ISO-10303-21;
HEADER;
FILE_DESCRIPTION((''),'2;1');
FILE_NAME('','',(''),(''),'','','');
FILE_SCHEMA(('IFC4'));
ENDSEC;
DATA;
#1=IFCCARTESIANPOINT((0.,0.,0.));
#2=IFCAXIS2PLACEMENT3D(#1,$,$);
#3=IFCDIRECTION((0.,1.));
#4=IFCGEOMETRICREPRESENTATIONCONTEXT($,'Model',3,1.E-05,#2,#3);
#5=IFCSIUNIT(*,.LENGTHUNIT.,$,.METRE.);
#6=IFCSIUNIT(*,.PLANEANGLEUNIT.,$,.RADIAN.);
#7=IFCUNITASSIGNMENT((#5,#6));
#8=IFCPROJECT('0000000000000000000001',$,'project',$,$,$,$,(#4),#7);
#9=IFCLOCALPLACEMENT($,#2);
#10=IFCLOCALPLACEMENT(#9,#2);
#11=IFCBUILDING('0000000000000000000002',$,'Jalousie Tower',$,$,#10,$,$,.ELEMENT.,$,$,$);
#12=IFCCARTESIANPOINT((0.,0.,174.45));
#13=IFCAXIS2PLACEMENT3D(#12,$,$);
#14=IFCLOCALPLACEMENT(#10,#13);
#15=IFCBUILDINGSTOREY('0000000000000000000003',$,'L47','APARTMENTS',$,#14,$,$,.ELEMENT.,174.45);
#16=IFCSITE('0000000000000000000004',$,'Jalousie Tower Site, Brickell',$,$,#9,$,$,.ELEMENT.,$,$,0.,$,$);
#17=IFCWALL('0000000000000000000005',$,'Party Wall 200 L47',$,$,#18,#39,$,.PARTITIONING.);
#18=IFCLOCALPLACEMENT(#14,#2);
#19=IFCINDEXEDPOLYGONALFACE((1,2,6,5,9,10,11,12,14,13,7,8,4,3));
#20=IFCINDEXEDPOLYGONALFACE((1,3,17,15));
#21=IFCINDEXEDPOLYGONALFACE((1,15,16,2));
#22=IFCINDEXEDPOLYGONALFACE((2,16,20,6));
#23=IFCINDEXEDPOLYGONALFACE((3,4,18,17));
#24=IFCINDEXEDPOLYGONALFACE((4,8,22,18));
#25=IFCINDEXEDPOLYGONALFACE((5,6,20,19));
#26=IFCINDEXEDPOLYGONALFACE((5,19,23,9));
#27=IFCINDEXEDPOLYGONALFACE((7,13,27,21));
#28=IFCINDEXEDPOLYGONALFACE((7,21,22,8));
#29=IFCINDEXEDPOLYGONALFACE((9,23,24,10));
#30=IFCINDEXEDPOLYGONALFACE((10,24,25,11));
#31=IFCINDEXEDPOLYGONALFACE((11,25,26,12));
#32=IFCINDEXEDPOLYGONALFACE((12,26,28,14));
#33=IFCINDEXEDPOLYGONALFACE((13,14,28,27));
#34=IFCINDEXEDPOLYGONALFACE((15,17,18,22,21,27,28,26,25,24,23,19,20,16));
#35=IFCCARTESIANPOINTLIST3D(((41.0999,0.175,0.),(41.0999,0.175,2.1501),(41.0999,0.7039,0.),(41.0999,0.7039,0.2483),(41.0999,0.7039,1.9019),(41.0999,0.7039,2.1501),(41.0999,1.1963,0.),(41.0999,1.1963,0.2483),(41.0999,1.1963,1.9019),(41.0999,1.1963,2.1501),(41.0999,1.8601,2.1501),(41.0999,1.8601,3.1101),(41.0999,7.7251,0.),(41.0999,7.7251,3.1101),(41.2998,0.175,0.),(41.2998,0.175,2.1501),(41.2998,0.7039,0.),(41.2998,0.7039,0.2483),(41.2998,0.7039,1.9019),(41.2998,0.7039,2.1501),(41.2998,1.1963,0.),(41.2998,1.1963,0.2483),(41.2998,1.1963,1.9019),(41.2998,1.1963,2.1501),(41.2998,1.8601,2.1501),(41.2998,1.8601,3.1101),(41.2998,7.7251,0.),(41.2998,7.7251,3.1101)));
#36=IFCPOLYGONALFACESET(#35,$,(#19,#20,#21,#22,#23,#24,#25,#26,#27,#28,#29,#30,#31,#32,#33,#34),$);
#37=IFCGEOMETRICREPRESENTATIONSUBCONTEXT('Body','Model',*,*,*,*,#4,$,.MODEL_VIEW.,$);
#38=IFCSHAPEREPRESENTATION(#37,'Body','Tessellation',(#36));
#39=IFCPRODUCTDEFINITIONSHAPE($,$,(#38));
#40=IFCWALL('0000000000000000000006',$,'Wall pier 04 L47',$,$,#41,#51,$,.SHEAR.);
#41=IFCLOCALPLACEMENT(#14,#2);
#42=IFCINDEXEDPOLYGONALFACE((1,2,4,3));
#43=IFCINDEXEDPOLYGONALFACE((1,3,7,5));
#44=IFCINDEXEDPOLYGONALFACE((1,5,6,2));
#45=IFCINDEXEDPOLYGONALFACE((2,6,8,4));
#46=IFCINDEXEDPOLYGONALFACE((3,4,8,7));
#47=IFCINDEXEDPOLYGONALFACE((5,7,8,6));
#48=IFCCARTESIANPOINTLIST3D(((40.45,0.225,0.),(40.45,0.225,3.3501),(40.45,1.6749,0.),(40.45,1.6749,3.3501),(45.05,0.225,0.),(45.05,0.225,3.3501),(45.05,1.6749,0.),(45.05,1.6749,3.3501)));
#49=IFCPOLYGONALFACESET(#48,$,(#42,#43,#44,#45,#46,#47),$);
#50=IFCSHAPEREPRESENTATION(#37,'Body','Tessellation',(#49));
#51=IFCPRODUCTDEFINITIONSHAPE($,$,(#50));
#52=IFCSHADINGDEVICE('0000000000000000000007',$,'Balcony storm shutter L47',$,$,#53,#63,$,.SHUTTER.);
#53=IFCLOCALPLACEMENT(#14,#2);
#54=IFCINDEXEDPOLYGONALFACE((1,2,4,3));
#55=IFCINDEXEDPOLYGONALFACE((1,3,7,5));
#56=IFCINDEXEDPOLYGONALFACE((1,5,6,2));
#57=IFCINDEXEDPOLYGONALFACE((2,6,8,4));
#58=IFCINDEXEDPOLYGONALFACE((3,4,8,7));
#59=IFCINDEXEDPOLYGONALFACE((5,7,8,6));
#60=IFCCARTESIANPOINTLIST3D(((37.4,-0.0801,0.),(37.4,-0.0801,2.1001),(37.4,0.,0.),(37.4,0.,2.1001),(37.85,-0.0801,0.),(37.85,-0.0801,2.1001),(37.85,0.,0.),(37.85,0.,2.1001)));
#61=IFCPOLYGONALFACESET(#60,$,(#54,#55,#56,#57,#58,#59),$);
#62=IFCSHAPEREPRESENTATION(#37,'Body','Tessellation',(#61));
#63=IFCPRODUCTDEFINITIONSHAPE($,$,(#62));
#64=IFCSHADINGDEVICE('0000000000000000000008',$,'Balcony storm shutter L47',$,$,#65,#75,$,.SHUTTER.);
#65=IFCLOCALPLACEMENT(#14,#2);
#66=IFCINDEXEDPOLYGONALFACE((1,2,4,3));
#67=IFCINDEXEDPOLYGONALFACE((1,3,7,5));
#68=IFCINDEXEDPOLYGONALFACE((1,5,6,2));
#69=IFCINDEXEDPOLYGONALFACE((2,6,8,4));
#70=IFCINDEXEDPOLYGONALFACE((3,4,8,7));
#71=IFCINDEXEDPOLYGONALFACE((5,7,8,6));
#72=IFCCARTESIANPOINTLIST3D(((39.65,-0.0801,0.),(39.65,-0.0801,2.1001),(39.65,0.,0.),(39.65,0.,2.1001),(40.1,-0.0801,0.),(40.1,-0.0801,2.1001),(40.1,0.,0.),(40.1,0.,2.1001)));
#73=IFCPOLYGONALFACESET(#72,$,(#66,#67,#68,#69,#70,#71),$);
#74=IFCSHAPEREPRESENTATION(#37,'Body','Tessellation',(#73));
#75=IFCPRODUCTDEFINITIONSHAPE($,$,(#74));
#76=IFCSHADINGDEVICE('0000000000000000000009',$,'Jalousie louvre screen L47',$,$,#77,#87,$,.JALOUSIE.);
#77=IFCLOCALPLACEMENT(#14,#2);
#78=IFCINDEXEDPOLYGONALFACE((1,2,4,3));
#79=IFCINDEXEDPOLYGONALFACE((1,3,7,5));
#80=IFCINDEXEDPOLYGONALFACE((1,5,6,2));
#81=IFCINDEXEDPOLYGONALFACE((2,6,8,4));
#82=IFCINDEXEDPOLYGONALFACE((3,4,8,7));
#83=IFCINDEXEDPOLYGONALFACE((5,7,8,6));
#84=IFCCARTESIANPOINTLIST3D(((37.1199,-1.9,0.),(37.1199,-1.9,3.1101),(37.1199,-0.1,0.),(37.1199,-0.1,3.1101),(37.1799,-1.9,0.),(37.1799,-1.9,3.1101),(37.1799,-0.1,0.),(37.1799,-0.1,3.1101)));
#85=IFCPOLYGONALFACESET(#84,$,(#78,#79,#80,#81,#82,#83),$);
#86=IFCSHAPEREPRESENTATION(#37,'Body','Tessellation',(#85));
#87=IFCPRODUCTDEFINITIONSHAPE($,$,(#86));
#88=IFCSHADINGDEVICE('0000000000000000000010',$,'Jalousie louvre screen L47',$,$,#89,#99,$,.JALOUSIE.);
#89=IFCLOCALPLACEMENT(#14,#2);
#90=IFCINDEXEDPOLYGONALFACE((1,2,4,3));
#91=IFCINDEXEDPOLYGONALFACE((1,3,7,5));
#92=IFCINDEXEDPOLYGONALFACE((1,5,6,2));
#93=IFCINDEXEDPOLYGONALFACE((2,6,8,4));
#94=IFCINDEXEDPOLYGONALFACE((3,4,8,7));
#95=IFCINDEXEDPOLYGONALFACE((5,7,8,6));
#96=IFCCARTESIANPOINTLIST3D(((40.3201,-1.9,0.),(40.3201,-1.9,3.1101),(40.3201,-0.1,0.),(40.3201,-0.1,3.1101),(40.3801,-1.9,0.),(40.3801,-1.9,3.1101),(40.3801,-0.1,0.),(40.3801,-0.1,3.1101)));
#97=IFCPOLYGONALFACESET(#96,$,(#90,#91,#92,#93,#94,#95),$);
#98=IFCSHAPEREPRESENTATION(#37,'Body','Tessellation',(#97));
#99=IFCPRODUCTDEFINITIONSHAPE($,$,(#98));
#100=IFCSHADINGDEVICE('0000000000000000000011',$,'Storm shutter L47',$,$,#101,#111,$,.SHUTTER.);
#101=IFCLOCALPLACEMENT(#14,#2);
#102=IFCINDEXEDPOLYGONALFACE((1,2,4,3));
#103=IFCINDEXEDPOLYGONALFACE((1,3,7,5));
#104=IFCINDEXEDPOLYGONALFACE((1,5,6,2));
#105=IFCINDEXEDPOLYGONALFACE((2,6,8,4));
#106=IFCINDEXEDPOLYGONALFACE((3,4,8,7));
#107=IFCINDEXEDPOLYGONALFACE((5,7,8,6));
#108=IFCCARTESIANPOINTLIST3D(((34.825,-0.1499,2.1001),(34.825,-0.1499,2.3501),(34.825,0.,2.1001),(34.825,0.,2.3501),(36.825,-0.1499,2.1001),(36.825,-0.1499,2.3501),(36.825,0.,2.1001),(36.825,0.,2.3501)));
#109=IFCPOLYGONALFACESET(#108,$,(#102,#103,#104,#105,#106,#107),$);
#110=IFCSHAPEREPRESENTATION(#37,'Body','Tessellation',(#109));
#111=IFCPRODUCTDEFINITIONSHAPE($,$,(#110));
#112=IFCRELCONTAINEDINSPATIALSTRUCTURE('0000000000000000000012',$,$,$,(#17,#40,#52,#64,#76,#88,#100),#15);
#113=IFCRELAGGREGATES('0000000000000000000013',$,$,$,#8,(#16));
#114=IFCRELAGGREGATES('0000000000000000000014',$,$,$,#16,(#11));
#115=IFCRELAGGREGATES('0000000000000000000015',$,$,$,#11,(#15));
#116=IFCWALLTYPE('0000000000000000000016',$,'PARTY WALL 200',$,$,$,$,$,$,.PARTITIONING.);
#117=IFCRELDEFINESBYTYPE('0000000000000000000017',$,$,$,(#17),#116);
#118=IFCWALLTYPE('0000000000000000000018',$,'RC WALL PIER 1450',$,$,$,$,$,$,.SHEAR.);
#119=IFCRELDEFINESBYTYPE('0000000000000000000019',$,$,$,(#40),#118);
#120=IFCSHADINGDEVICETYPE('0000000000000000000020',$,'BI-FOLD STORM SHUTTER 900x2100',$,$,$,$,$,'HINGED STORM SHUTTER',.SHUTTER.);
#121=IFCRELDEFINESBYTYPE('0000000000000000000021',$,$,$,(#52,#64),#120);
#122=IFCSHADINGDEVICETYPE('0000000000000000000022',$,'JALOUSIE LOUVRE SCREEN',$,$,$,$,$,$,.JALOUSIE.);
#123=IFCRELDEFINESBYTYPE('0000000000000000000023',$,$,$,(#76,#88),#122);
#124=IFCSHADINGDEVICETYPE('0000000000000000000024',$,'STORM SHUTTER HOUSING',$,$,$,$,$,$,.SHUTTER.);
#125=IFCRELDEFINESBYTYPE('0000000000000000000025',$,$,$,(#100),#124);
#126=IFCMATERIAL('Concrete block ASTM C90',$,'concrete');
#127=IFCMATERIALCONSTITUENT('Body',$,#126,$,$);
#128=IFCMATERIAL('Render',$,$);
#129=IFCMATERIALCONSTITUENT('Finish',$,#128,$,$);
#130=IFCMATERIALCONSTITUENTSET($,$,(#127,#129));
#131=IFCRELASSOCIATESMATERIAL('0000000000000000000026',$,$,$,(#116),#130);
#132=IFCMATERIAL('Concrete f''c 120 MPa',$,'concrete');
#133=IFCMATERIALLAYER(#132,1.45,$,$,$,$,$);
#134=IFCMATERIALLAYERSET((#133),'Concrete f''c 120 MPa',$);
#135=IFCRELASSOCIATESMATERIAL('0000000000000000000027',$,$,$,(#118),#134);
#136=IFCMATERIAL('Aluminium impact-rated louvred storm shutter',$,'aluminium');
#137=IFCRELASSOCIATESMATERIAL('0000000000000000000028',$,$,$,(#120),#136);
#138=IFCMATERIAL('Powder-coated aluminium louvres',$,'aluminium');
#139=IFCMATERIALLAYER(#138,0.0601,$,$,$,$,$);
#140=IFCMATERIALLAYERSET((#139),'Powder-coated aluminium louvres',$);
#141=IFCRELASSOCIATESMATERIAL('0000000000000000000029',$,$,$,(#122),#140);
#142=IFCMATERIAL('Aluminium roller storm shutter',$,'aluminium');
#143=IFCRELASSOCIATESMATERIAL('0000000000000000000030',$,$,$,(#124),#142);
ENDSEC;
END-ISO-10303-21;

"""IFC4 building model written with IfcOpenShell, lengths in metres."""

from ifc_helpers import new_model, si_unit, direction, frame, frame_2d, origin, origin_2d, place, context, subcontext, project, spatial, polyline, rectangle, outline, extrude, material, layer, layer_set, constituent, constituent_set, type_object, element, save


model = new_model("IFC4")

# Units and contexts
model_context = context("Model", 3, precision=1e-05, world=origin(), true_north=direction((0.0, 1.0)))
body_context = subcontext(model_context, "Body", "Model", "MODEL_VIEW")
ifc_project = project(units=[si_unit("LENGTHUNIT", "METRE"), si_unit("PLANEANGLEUNIT", "RADIAN")], contexts=[model_context])

# Site, building, storey
site_placement = place(None, origin())
site = spatial("IfcSite", under=ifc_project, at=site_placement, Name="Jalousie Tower Site, Brickell", CompositionType="ELEMENT", RefElevation=0.0)
building_placement = place(site_placement, origin())
building = spatial("IfcBuilding", under=site, at=building_placement, Name="Jalousie Tower", CompositionType="ELEMENT")
storey_placement = place(building_placement, frame((0.0, 0.0, 174.45)))
storey = spatial("IfcBuildingStorey", under=building, at=storey_placement, Name="L47", Description="APARTMENTS", CompositionType="ELEMENT", Elevation=174.45)

# Walls
ifc_material_1 = material(Name="Concrete block ASTM C90", Category="concrete")
ifc_constituent_1 = constituent(ifc_material_1, Name="Body")
ifc_material_2 = material(Name="Render")
ifc_constituent_2 = constituent(ifc_material_2, Name="Finish")
ifc_constituent_set_1 = constituent_set(constituents=[ifc_constituent_1, ifc_constituent_2])
wall_type_1 = type_object("IfcWallType", Name="PARTY WALL 200", PredefinedType="PARTITIONING", material=ifc_constituent_set_1)
wall_1_placement = place(storey_placement, frame((41.2, 0.175, 0.0), z_axis=(0.0, 0.0, 1.0), x_axis=(0.0, 1.0, 0.0)))
element("IfcWall", 1, at=wall_1_placement, inside=storey, type_object=wall_type_1, Name="Party Wall 200 L47", PredefinedType="PARTITIONING", context=body_context, shape_type="SweptSolid", body=[
    extrude(outline(polyline([(0.5288, 2.1501), (0.0, 2.1501), (0.0, 0.0), (0.5288, 0.0), (0.5288, 0.2483), (1.0212, 0.2483), (1.0212, 0.0), (7.55, 0.0), (7.55, 3.1101), (1.6851, 3.1101), (1.6851, 2.1501), (1.0212, 2.1501), (1.0212, 1.9019), (0.5288, 1.9019), (0.5288, 2.1501)])), frame((0.0, 0.1001, 0.0), z_axis=(0.0, -1.0, 0.0), x_axis=(1.0, 0.0, 0.0)), (0.0, 0.0, 1.0), 0.2),
])
ifc_material_3 = material(Name="Concrete f'c 120 MPa", Category="concrete")
ifc_layer_1 = layer(ifc_material_3, 1.45)
ifc_layer_set_1 = layer_set([ifc_layer_1], Name="Concrete f'c 120 MPa")
wall_type_2 = type_object("IfcWallType", Name="RC WALL PIER 1450", PredefinedType="SHEAR", material=ifc_layer_set_1)
wall_2_placement = place(storey_placement, frame((40.45, 0.95, 0.0), z_axis=(0.0, 0.0, 1.0), x_axis=(1.0, 0.0, 0.0)))
element("IfcWall", 2, at=wall_2_placement, inside=storey, type_object=wall_type_2, Name="Wall pier 04 L47", PredefinedType="SHEAR", context=body_context, shape_type="SweptSolid", body=[
    extrude(rectangle(XDim=4.6001, YDim=1.45, at=frame_2d((2.3, 0.0))), origin(), (0.0, 0.0, 1.0), 3.3501),
])

# Shading devices
ifc_material_4 = material(Name="Aluminium impact-rated louvred storm shutter", Category="aluminium")
shading_device_type_1 = type_object("IfcShadingDeviceType", Name="BI-FOLD STORM SHUTTER 900x2100", ElementType="HINGED STORM SHUTTER", PredefinedType="SHUTTER", material=ifc_material_4)
for number, where, z_axis, x_axis, name in (
    (3, (37.625, -0.04, 0.0), (0.0, 0.0, 1.0), (1.0, 0.0, 0.0), "Balcony storm shutter L47"),
    (4, (39.875, -0.04, 0.0), (0.0, 0.0, 1.0), (1.0, 0.0, 0.0), "Balcony storm shutter L47"),
):
    element("IfcShadingDevice", number, at=place(storey_placement, frame(where, z_axis=z_axis, x_axis=x_axis)), inside=storey, type_object=shading_device_type_1, Name=name, PredefinedType="SHUTTER", context=body_context, shape_type="SweptSolid", body=[
        extrude(rectangle(XDim=0.45, YDim=0.0801, at=origin_2d()), origin(), (0.0, 0.0, 1.0), 2.1001),
    ])

# Shading devices
ifc_material_5 = material(Name="Powder-coated aluminium louvres", Category="aluminium")
ifc_layer_2 = layer(ifc_material_5, 0.0601)
ifc_layer_set_2 = layer_set([ifc_layer_2], Name="Powder-coated aluminium louvres")
shading_device_type_2 = type_object("IfcShadingDeviceType", Name="JALOUSIE LOUVRE SCREEN", PredefinedType="JALOUSIE", material=ifc_layer_set_2)
for number, where, z_axis, x_axis, name in (
    (5, (37.1499, -1.0, 0.0), (0.0, 0.0, 1.0), (1.0, 0.0, 0.0), "Jalousie louvre screen L47"),
    (6, (40.3501, -1.0, 0.0), (0.0, 0.0, 1.0), (1.0, 0.0, 0.0), "Jalousie louvre screen L47"),
):
    element("IfcShadingDevice", number, at=place(storey_placement, frame(where, z_axis=z_axis, x_axis=x_axis)), inside=storey, type_object=shading_device_type_2, Name=name, PredefinedType="JALOUSIE", context=body_context, shape_type="SweptSolid", body=[
        extrude(rectangle(XDim=0.0601, YDim=1.8, at=origin_2d()), origin(), (0.0, 0.0, 1.0), 3.1101),
    ])
ifc_material_6 = material(Name="Aluminium roller storm shutter", Category="aluminium")
shading_device_type_3 = type_object("IfcShadingDeviceType", Name="STORM SHUTTER HOUSING", PredefinedType="SHUTTER", material=ifc_material_6)
shading_device_placement = place(storey_placement, frame((35.825, -0.075, 2.1001), z_axis=(0.0, 0.0, 1.0), x_axis=(1.0, 0.0, 0.0)))
element("IfcShadingDevice", 7, at=shading_device_placement, inside=storey, type_object=shading_device_type_3, Name="Storm shutter L47", PredefinedType="SHUTTER", context=body_context, shape_type="SweptSolid", body=[
    extrude(rectangle(XDim=2.0, YDim=0.1499, at=origin_2d()), origin(), (0.0, 0.0, 1.0), 0.25),
])

save(model, "model.ifc")
